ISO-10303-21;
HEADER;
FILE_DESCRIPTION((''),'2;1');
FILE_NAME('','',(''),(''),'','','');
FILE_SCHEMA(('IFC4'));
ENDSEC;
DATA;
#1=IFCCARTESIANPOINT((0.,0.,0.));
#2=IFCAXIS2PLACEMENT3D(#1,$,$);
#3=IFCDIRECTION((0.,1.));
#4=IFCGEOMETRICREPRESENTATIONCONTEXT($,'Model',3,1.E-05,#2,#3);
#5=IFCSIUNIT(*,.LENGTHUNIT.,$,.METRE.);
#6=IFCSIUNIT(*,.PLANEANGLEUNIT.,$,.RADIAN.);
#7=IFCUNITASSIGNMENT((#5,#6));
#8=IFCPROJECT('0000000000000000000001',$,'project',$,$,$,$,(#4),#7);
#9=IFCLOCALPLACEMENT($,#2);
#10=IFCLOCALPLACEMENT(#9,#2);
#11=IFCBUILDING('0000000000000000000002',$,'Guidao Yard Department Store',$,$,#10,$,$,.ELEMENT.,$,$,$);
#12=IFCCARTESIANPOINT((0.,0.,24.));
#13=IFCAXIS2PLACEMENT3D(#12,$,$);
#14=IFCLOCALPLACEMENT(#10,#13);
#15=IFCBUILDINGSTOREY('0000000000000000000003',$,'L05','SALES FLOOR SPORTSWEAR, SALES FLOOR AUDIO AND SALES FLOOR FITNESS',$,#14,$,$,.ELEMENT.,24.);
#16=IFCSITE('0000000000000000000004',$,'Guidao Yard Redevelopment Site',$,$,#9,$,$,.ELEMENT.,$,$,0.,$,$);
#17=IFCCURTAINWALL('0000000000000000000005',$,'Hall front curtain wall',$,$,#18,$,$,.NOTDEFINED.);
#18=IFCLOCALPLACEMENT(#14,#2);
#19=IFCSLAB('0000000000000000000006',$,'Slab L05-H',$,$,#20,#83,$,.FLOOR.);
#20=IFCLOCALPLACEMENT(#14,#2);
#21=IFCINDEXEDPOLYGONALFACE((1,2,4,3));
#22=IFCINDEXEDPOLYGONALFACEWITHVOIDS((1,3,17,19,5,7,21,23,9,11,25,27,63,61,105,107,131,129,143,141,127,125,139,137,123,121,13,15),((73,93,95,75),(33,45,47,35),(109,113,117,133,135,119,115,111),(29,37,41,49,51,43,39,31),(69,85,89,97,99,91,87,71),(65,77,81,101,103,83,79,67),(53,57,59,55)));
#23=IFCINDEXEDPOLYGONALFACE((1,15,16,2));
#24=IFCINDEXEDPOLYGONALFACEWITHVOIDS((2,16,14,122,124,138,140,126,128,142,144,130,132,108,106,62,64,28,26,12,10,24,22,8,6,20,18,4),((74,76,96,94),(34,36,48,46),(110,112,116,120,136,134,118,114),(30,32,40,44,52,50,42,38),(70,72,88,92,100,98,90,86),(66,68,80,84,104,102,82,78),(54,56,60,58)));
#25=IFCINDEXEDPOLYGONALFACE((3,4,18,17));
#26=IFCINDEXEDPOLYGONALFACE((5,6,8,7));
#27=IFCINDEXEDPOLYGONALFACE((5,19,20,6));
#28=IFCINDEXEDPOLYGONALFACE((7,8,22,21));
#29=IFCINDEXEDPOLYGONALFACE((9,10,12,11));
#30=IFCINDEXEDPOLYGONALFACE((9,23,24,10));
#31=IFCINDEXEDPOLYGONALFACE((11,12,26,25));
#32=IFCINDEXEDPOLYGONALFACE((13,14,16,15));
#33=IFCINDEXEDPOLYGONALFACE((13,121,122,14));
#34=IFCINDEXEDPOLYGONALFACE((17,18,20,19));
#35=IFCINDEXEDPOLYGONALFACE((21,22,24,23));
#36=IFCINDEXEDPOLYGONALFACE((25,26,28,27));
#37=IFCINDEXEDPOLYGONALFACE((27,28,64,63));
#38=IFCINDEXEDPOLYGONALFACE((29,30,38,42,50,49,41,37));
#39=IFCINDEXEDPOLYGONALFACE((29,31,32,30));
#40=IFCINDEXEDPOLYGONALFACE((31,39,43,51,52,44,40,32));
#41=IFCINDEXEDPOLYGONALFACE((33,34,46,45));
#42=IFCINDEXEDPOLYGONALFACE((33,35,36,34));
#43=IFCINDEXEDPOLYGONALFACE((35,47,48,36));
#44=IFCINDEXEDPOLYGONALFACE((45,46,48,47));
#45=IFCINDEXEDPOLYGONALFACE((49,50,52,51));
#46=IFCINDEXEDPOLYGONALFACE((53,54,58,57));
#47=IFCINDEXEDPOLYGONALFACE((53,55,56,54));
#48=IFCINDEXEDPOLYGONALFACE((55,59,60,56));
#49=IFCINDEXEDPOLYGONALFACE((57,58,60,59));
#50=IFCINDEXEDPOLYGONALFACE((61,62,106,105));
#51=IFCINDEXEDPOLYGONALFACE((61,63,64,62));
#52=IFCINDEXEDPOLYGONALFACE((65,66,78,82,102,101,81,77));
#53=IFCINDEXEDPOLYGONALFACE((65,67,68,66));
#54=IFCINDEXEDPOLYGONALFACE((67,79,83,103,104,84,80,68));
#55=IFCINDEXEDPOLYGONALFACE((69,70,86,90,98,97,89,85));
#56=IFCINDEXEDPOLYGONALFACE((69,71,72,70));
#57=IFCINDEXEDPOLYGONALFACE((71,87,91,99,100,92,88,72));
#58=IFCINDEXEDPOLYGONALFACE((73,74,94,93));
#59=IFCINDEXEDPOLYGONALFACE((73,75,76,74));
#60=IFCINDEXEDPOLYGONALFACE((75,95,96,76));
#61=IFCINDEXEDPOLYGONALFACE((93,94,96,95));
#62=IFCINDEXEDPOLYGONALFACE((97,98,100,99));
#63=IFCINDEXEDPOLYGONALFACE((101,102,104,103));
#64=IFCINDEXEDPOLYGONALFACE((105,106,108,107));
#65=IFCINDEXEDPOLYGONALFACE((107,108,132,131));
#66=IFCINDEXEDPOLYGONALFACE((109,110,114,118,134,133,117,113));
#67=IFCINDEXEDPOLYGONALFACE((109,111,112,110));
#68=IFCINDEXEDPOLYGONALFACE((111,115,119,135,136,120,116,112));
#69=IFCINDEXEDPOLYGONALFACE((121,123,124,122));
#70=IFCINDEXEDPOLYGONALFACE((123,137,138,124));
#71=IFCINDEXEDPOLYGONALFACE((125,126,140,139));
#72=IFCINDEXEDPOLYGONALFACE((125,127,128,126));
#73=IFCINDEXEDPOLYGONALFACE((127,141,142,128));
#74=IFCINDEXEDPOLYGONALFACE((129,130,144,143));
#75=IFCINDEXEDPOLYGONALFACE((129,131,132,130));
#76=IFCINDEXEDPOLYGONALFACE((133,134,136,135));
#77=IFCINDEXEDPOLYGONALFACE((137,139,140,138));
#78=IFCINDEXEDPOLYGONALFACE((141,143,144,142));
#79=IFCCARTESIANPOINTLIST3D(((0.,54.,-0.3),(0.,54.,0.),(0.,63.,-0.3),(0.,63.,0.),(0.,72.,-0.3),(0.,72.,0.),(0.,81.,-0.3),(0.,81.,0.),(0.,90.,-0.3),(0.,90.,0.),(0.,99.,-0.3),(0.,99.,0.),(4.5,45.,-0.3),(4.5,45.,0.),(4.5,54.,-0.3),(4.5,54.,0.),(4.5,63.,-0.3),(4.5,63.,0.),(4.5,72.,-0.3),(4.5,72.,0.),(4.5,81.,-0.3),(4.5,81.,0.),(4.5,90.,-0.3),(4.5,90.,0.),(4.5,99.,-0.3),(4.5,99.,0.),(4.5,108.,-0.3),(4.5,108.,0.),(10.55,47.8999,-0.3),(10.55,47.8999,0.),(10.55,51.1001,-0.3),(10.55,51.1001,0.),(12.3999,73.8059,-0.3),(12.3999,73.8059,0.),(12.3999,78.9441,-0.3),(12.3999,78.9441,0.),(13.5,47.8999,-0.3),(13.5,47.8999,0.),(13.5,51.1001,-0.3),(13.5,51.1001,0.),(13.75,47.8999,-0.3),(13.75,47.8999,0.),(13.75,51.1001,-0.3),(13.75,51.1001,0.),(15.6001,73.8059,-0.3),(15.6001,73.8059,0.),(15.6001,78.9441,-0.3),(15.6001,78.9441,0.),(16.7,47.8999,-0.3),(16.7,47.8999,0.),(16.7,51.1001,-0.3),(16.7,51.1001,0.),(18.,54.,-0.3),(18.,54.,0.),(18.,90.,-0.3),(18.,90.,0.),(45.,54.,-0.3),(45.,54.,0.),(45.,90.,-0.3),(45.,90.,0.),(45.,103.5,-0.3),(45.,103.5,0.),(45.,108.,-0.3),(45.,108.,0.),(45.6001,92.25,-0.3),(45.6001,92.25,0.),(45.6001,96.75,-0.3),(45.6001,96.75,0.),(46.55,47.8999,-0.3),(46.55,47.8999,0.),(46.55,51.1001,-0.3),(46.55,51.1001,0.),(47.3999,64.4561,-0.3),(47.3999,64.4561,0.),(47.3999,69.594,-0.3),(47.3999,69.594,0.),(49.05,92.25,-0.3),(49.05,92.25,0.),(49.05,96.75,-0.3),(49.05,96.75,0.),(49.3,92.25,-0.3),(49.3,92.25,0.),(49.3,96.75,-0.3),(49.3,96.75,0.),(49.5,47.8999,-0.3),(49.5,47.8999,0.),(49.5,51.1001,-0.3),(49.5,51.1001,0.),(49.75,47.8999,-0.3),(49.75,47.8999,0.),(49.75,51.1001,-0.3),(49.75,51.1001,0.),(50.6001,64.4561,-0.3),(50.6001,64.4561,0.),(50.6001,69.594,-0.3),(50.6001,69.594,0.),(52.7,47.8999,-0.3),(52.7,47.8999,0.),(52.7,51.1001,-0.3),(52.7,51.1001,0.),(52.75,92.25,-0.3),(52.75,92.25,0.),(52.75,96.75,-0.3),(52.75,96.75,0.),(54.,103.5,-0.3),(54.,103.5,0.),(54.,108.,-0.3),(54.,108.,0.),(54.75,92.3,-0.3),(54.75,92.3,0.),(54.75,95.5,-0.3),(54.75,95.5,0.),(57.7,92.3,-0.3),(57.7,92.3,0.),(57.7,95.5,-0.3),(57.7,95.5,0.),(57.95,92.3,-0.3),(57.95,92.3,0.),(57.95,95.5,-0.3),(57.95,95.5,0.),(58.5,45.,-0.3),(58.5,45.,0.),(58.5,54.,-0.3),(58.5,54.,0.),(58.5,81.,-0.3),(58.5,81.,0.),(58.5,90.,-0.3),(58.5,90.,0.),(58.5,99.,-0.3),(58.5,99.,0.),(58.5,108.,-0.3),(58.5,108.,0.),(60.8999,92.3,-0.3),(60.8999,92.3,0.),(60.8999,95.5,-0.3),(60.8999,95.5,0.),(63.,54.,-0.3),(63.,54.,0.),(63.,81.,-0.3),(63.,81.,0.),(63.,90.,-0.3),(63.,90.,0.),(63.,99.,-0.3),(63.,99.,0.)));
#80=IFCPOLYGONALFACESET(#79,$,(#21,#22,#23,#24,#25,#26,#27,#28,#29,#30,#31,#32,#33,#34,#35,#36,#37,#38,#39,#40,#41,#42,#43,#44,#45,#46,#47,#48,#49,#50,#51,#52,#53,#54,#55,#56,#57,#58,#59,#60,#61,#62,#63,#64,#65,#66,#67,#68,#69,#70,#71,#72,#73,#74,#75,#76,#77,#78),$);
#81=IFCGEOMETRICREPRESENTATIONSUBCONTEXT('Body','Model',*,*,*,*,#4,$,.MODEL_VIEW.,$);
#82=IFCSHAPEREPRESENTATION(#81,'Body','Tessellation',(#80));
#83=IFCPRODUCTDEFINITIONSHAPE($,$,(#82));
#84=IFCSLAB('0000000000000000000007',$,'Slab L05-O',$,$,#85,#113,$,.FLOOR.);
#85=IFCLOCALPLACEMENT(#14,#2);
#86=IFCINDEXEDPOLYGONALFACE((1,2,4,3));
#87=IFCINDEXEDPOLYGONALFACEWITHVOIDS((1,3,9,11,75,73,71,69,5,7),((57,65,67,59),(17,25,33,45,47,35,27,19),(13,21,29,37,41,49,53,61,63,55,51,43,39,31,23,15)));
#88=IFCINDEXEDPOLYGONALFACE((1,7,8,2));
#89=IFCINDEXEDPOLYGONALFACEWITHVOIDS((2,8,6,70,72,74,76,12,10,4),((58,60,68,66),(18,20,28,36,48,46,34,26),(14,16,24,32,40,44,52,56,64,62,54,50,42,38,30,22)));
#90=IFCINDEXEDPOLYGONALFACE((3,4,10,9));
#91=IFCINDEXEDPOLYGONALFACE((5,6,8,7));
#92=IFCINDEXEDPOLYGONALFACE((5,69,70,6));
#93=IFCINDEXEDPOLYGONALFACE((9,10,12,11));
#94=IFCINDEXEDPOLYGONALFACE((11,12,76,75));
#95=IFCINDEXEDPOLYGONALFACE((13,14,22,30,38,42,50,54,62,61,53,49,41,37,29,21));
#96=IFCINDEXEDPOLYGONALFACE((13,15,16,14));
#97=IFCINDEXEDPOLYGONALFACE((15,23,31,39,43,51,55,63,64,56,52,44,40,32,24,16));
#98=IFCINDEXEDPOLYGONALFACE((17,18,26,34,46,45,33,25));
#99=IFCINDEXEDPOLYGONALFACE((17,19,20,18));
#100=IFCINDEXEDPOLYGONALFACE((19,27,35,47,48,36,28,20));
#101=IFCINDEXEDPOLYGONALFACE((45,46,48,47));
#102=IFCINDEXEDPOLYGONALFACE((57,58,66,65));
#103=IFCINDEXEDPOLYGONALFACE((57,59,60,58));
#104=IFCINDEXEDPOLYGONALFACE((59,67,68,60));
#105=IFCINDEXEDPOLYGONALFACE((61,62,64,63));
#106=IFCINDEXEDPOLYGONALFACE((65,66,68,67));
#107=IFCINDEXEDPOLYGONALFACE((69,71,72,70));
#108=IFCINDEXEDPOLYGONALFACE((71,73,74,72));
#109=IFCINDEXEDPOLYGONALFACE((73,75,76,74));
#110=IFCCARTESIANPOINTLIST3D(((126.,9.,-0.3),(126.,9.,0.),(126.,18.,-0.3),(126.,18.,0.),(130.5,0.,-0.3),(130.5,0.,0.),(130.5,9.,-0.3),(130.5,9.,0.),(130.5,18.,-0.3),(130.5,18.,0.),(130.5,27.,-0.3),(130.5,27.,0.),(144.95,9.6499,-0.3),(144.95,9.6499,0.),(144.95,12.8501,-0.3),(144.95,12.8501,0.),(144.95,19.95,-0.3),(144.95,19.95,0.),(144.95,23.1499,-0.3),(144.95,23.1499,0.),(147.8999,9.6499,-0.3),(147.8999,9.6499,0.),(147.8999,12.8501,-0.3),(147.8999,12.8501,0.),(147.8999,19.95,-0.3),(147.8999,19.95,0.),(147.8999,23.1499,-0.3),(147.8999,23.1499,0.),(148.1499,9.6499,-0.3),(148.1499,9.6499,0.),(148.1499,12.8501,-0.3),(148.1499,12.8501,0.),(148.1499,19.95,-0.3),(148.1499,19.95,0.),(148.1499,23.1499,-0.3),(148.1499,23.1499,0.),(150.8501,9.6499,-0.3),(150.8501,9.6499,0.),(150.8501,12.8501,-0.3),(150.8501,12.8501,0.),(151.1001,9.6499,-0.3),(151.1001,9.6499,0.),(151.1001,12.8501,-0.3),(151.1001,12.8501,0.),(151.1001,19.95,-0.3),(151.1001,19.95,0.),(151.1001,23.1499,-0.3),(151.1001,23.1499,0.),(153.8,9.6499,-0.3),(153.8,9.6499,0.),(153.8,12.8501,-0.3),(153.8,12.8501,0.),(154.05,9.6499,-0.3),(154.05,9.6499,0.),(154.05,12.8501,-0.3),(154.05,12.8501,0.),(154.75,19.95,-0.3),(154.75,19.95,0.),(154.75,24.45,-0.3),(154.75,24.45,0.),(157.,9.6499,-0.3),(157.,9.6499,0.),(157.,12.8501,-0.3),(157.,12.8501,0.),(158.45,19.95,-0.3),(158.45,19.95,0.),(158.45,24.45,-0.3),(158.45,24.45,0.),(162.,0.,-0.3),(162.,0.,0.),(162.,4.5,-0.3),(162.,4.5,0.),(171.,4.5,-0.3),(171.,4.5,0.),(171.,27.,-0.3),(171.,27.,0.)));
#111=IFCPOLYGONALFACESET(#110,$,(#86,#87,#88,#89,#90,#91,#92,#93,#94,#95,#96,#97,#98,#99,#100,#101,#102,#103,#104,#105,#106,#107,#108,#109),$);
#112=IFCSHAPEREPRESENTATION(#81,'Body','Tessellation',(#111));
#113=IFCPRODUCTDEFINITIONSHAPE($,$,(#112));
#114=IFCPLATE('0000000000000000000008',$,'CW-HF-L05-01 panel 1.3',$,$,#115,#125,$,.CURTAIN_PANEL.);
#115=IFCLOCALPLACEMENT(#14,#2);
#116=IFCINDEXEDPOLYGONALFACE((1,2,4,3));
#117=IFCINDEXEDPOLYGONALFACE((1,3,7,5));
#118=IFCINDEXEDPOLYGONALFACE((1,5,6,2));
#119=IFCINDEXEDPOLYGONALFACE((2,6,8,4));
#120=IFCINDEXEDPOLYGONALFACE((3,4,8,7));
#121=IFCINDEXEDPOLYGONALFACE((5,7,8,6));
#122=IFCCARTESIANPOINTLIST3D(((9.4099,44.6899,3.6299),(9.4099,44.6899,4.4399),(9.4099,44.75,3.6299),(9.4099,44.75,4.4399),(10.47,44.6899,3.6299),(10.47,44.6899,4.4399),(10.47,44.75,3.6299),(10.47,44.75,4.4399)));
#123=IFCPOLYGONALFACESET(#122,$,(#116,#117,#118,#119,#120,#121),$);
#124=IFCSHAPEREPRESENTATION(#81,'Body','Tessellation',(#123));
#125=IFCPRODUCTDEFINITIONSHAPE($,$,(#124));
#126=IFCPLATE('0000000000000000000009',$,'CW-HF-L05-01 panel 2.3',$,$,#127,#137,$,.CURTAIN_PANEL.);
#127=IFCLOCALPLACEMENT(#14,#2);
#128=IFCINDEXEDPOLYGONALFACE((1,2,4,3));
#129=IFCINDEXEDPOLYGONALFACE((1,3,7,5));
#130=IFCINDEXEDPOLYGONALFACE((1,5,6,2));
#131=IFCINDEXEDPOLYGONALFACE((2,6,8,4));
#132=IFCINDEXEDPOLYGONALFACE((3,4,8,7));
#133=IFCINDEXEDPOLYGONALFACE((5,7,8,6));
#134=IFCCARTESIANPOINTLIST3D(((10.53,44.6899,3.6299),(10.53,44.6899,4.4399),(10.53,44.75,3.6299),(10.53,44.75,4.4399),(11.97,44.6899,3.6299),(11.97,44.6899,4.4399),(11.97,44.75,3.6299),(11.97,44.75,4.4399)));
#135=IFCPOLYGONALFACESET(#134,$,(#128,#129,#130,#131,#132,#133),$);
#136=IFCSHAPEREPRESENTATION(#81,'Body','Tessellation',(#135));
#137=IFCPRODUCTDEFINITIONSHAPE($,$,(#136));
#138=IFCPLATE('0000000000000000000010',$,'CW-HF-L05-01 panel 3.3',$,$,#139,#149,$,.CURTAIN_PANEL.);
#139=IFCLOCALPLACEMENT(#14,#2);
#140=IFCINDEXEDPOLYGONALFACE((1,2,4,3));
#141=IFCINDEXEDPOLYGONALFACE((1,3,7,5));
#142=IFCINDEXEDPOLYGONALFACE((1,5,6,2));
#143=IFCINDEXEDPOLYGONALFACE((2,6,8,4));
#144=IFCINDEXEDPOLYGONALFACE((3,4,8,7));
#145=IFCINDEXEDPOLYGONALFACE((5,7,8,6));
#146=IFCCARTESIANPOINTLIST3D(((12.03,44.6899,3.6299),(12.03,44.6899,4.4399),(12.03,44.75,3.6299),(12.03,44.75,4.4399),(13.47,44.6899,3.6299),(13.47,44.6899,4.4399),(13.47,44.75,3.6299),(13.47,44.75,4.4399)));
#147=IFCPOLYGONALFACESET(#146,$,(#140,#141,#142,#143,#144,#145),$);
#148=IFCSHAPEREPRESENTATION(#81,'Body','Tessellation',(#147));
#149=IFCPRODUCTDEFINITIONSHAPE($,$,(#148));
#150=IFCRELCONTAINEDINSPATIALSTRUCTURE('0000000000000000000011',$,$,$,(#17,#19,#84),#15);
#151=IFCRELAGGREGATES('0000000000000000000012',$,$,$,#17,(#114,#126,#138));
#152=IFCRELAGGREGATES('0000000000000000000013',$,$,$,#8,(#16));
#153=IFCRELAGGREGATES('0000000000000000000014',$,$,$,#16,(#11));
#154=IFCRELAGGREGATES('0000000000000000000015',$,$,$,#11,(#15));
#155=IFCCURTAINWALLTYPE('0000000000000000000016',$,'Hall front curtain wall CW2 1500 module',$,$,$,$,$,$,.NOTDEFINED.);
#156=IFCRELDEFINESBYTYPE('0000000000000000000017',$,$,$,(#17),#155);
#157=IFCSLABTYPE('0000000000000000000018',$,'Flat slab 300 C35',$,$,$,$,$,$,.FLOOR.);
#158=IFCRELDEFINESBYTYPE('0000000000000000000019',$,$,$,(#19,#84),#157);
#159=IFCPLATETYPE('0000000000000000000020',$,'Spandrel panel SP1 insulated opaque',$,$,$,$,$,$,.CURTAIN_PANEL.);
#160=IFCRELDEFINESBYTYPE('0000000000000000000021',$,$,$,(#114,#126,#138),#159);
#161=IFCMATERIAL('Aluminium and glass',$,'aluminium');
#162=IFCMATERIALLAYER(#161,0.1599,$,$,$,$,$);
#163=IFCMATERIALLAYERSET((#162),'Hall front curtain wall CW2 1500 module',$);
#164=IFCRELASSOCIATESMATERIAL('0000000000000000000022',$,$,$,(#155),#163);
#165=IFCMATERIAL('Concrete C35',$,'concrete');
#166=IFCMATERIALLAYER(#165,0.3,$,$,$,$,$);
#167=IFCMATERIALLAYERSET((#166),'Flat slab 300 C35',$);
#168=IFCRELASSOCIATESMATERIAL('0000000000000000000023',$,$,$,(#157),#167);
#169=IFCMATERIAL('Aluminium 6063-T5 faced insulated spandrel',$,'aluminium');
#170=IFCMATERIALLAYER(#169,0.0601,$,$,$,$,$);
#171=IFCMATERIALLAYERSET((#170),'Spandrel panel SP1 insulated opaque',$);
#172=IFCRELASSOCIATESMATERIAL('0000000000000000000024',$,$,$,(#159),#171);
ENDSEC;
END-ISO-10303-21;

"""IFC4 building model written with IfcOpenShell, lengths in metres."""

from ifc_helpers import new_model, si_unit, direction, frame, origin, origin_2d, place, context, subcontext, project, spatial, polyline, rectangle, outline, extrude, material, layer, layer_set, type_object, element, aggregate, save


model = new_model("IFC4")

# Units and contexts
model_context = context("Model", 3, precision=1e-05, world=origin(), true_north=direction((0.0, 1.0)))
body_context = subcontext(model_context, "Body", "Model", "MODEL_VIEW")
ifc_project = project(units=[si_unit("LENGTHUNIT", "METRE"), si_unit("PLANEANGLEUNIT", "RADIAN")], contexts=[model_context])

# Site, building, storey
site_placement = place(None, origin())
site = spatial("IfcSite", under=ifc_project, at=site_placement, Name="Guidao Yard Redevelopment Site", CompositionType="ELEMENT", RefElevation=0.0)
building_placement = place(site_placement, origin())
building = spatial("IfcBuilding", under=site, at=building_placement, Name="Guidao Yard Department Store", CompositionType="ELEMENT")
storey_placement = place(building_placement, frame((0.0, 0.0, 24.0)))
storey = spatial("IfcBuildingStorey", under=building, at=storey_placement, Name="L05", Description="SALES FLOOR SPORTSWEAR, SALES FLOOR AUDIO AND SALES FLOOR FITNESS", CompositionType="ELEMENT", Elevation=24.0)

# Curtain wall
ifc_material_1 = material(Name="Aluminium and glass", Category="aluminium")
ifc_layer_1 = layer(ifc_material_1, 0.1599)
ifc_layer_set_1 = layer_set([ifc_layer_1], Name="Hall front curtain wall CW2 1500 module")
curtain_wall_type = type_object("IfcCurtainWallType", Name="Hall front curtain wall CW2 1500 module", PredefinedType="NOTDEFINED", material=ifc_layer_set_1)
curtain_wall_placement = place(storey_placement, origin())
curtain_wall = element("IfcCurtainWall", 1, at=curtain_wall_placement, inside=storey, type_object=curtain_wall_type, Name="Hall front curtain wall", PredefinedType="NOTDEFINED")

# Slabs
ifc_material_2 = material(Name="Concrete C35", Category="concrete")
ifc_layer_2 = layer(ifc_material_2, 0.3)
ifc_layer_set_2 = layer_set([ifc_layer_2], Name="Flat slab 300 C35")
slab_type_1 = type_object("IfcSlabType", Name="Flat slab 300 C35", PredefinedType="FLOOR", material=ifc_layer_set_2)
slab_1_placement = place(storey_placement, frame((0.0, 0.0, -0.3)))
element("IfcSlab", 2, at=slab_1_placement, inside=storey, type_object=slab_type_1, Name="Slab L05-H", PredefinedType="FLOOR", context=body_context, shape_type="SweptSolid", body=[
    extrude(outline(polyline([(58.5, 54.0), (58.5, 45.0), (4.5, 45.0), (4.5, 54.0), (0.0, 54.0), (0.0, 63.0), (4.5, 63.0), (4.5, 72.0), (0.0, 72.0), (0.0, 81.0), (4.5, 81.0), (4.5, 90.0), (0.0, 90.0), (0.0, 99.0), (4.5, 99.0), (4.5, 108.0), (45.0, 108.0), (45.0, 103.5), (54.0, 103.5), (54.0, 108.0), (58.5, 108.0), (58.5, 99.0), (63.0, 99.0), (63.0, 90.0), (58.5, 90.0), (58.5, 81.0), (63.0, 81.0), (63.0, 54.0), (58.5, 54.0)]), holes=[polyline([(13.5, 47.8999), (13.75, 47.8999), (16.7, 47.8999), (16.7, 51.1001), (13.75, 51.1001), (13.5, 51.1001), (10.55, 51.1001), (10.55, 47.8999), (13.5, 47.8999)]), polyline([(46.55, 47.8999), (49.5, 47.8999), (49.75, 47.8999), (52.7, 47.8999), (52.7, 51.1001), (49.75, 51.1001), (49.5, 51.1001), (46.55, 51.1001), (46.55, 47.8999)]), polyline([(47.3999, 69.594), (47.3999, 64.4561), (50.6001, 64.4561), (50.6001, 69.594), (47.3999, 69.594)]), polyline([(18.0, 54.0), (45.0, 54.0), (45.0, 90.0), (18.0, 90.0), (18.0, 54.0)]), polyline([(12.3999, 78.9441), (12.3999, 73.8059), (15.6001, 73.8059), (15.6001, 78.9441), (12.3999, 78.9441)]), polyline([(54.75, 92.3), (57.7, 92.3), (57.95, 92.3), (60.8999, 92.3), (60.8999, 95.5), (57.95, 95.5), (57.7, 95.5), (54.75, 95.5), (54.75, 92.3)]), polyline([(52.75, 92.25), (52.75, 96.75), (49.3, 96.75), (49.05, 96.75), (45.6001, 96.75), (45.6001, 92.25), (49.05, 92.25), (49.3, 92.25), (52.75, 92.25)])]), origin(), (0.0, 0.0, 1.0), 0.3),
])
slab_2_placement = place(storey_placement, frame((0.0, 0.0, -0.3)))
element("IfcSlab", 3, at=slab_2_placement, inside=storey, type_object=slab_type_1, Name="Slab L05-O", PredefinedType="FLOOR", context=body_context, shape_type="SweptSolid", body=[
    extrude(outline(polyline([(171.0, 4.5), (162.0, 4.5), (162.0, 0.0), (130.5, 0.0), (130.5, 9.0), (126.0, 9.0), (126.0, 18.0), (130.5, 18.0), (130.5, 27.0), (171.0, 27.0), (171.0, 4.5)]), holes=[polyline([(153.8, 12.8501), (151.1001, 12.8501), (150.8501, 12.8501), (148.1499, 12.8501), (147.8999, 12.8501), (144.95, 12.8501), (144.95, 9.6499), (147.8999, 9.6499), (148.1499, 9.6499), (150.8501, 9.6499), (151.1001, 9.6499), (153.8, 9.6499), (154.05, 9.6499), (157.0, 9.6499), (157.0, 12.8501), (154.05, 12.8501), (153.8, 12.8501)]), polyline([(147.8999, 19.95), (148.1499, 19.95), (151.1001, 19.95), (151.1001, 23.1499), (148.1499, 23.1499), (147.8999, 23.1499), (144.95, 23.1499), (144.95, 19.95), (147.8999, 19.95)]), polyline([(154.75, 19.95), (158.45, 19.95), (158.45, 24.45), (154.75, 24.45), (154.75, 19.95)])]), origin(), (0.0, 0.0, 1.0), 0.3),
])

# Plates
ifc_material_3 = material(Name="Aluminium 6063-T5 faced insulated spandrel", Category="aluminium")
ifc_layer_3 = layer(ifc_material_3, 0.0601)
ifc_layer_set_3 = layer_set([ifc_layer_3], Name="Spandrel panel SP1 insulated opaque")
plate_type_1 = type_object("IfcPlateType", Name="Spandrel panel SP1 insulated opaque", PredefinedType="CURTAIN_PANEL", material=ifc_layer_set_3)
plate_1_placement = place(storey_placement, frame((9.9399, 44.72, 3.6299), z_axis=(0.0, 0.0, 1.0), x_axis=(-1.0, 0.0, 0.0)))
plate_1 = element("IfcPlate", 4, at=plate_1_placement, type_object=plate_type_1, Name="CW-HF-L05-01 panel 1.3", PredefinedType="CURTAIN_PANEL", context=body_context, shape_type="SweptSolid", body=[
    extrude(rectangle(XDim=1.0601, YDim=0.0601, at=origin_2d()), origin(), (0.0, 0.0, 1.0), 0.8101),
])
plate_2_placement = place(storey_placement, frame((11.25, 44.72, 3.6299), z_axis=(0.0, 0.0, 1.0), x_axis=(-1.0, 0.0, 0.0)))
plate_2 = element("IfcPlate", 5, at=plate_2_placement, type_object=plate_type_1, Name="CW-HF-L05-01 panel 2.3", PredefinedType="CURTAIN_PANEL", context=body_context, shape_type="SweptSolid", body=[
    extrude(rectangle(XDim=1.4399, YDim=0.0601, at=origin_2d()), origin(), (0.0, 0.0, 1.0), 0.8101),
])
plate_3_placement = place(storey_placement, frame((12.75, 44.72, 3.6299), z_axis=(0.0, 0.0, 1.0), x_axis=(-1.0, 0.0, 0.0)))
plate_3 = element("IfcPlate", 6, at=plate_3_placement, type_object=plate_type_1, Name="CW-HF-L05-01 panel 3.3", PredefinedType="CURTAIN_PANEL", context=body_context, shape_type="SweptSolid", body=[
    extrude(rectangle(XDim=1.4399, YDim=0.0601, at=origin_2d()), origin(), (0.0, 0.0, 1.0), 0.8101),
])

aggregate(curtain_wall, [plate_1, plate_2, plate_3])

save(model, "model.ifc")
